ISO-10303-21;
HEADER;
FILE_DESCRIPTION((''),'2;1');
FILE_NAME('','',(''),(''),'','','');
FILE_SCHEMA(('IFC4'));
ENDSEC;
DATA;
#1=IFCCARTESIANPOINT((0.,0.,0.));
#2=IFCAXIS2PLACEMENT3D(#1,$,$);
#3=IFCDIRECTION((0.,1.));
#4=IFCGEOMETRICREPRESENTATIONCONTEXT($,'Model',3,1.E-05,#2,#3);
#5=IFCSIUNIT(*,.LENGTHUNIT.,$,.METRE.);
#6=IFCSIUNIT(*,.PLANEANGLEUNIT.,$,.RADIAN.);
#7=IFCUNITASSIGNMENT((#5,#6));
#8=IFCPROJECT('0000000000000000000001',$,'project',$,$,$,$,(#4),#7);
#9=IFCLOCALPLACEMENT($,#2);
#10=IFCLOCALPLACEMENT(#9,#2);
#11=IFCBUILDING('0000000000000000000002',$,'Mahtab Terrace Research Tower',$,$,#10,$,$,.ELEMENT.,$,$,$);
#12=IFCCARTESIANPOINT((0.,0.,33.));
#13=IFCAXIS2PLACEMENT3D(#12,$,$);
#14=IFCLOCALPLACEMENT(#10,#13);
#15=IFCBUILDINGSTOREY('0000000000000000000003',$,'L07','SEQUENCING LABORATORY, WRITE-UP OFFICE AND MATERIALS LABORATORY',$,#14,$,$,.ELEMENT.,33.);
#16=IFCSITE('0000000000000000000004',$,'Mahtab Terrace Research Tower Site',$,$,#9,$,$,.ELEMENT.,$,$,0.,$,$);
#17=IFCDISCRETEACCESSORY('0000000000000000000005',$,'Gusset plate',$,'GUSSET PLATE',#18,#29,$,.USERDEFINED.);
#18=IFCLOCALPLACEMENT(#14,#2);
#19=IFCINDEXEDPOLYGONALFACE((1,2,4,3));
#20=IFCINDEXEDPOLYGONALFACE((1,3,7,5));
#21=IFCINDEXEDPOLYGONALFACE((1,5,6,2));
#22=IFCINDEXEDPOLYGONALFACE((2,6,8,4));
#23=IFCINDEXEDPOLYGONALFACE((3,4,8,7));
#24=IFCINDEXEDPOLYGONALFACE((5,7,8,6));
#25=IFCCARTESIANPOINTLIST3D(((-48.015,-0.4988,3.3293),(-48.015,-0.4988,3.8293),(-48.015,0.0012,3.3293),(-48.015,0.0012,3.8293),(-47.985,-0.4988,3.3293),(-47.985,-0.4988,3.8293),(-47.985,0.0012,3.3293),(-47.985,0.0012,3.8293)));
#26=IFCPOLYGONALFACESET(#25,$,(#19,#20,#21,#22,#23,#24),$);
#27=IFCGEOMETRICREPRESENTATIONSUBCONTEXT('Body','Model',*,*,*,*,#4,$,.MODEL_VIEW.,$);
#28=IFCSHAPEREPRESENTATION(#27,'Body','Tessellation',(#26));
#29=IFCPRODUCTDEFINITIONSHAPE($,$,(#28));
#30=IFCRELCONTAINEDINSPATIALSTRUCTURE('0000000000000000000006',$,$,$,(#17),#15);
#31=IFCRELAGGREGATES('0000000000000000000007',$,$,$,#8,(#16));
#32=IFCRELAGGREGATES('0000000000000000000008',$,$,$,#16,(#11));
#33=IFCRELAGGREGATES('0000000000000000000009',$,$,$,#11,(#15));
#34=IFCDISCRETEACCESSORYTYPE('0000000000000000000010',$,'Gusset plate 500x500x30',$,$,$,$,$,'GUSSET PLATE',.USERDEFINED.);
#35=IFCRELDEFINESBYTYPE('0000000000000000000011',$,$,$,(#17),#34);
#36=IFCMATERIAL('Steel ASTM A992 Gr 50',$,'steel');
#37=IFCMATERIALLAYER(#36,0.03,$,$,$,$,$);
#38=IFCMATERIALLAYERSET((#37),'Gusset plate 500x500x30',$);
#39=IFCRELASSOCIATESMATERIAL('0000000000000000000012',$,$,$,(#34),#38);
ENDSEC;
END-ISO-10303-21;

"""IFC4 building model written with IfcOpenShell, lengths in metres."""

from ifc_helpers import new_model, si_unit, direction, frame, origin, origin_2d, place, context, subcontext, project, spatial, rectangle, extrude, material, layer, layer_set, type_object, element, save


model = new_model("IFC4")

# Units and contexts
model_context = context("Model", 3, precision=1e-05, world=origin(), true_north=direction((0.0, 1.0)))
body_context = subcontext(model_context, "Body", "Model", "MODEL_VIEW")
ifc_project = project(units=[si_unit("LENGTHUNIT", "METRE"), si_unit("PLANEANGLEUNIT", "RADIAN")], contexts=[model_context])

# Site, building, storey
site_placement = place(None, origin())
site = spatial("IfcSite", under=ifc_project, at=site_placement, Name="Mahtab Terrace Research Tower Site", CompositionType="ELEMENT", RefElevation=0.0)
building_placement = place(site_placement, origin())
building = spatial("IfcBuilding", under=site, at=building_placement, Name="Mahtab Terrace Research Tower", CompositionType="ELEMENT")
storey_placement = place(building_placement, frame((0.0, 0.0, 33.0)))
storey = spatial("IfcBuildingStorey", under=building, at=storey_placement, Name="L07", Description="SEQUENCING LABORATORY, WRITE-UP OFFICE AND MATERIALS LABORATORY", CompositionType="ELEMENT", Elevation=33.0)

# Shared definitions
ifc_material_1 = material(Name="Steel ASTM A992 Gr 50", Category="steel")

# Discrete accessory
ifc_layer_1 = layer(ifc_material_1, 0.03)
ifc_layer_set_1 = layer_set([ifc_layer_1], Name="Gusset plate 500x500x30")
discrete_accessory_type = type_object("IfcDiscreteAccessoryType", Name="Gusset plate 500x500x30", ElementType="GUSSET PLATE", PredefinedType="USERDEFINED", material=ifc_layer_set_1)
for number, where, z_axis, x_axis, name in (
    (1, (-48.0, -0.2488, 3.3293), (0.0, 0.0, 1.0), (0.0, 1.0, 0.0), "Gusset plate"),
):
    element("IfcDiscreteAccessory", number, at=place(storey_placement, frame(where, z_axis=z_axis, x_axis=x_axis)), inside=storey, type_object=discrete_accessory_type, Name=name, ObjectType="GUSSET PLATE", PredefinedType="USERDEFINED", context=body_context, shape_type="SweptSolid", body=[
        extrude(rectangle(XDim=0.5, YDim=0.03, at=origin_2d()), origin(), (0.0, 0.0, 1.0), 0.5),
    ])

save(model, "model.ifc")
